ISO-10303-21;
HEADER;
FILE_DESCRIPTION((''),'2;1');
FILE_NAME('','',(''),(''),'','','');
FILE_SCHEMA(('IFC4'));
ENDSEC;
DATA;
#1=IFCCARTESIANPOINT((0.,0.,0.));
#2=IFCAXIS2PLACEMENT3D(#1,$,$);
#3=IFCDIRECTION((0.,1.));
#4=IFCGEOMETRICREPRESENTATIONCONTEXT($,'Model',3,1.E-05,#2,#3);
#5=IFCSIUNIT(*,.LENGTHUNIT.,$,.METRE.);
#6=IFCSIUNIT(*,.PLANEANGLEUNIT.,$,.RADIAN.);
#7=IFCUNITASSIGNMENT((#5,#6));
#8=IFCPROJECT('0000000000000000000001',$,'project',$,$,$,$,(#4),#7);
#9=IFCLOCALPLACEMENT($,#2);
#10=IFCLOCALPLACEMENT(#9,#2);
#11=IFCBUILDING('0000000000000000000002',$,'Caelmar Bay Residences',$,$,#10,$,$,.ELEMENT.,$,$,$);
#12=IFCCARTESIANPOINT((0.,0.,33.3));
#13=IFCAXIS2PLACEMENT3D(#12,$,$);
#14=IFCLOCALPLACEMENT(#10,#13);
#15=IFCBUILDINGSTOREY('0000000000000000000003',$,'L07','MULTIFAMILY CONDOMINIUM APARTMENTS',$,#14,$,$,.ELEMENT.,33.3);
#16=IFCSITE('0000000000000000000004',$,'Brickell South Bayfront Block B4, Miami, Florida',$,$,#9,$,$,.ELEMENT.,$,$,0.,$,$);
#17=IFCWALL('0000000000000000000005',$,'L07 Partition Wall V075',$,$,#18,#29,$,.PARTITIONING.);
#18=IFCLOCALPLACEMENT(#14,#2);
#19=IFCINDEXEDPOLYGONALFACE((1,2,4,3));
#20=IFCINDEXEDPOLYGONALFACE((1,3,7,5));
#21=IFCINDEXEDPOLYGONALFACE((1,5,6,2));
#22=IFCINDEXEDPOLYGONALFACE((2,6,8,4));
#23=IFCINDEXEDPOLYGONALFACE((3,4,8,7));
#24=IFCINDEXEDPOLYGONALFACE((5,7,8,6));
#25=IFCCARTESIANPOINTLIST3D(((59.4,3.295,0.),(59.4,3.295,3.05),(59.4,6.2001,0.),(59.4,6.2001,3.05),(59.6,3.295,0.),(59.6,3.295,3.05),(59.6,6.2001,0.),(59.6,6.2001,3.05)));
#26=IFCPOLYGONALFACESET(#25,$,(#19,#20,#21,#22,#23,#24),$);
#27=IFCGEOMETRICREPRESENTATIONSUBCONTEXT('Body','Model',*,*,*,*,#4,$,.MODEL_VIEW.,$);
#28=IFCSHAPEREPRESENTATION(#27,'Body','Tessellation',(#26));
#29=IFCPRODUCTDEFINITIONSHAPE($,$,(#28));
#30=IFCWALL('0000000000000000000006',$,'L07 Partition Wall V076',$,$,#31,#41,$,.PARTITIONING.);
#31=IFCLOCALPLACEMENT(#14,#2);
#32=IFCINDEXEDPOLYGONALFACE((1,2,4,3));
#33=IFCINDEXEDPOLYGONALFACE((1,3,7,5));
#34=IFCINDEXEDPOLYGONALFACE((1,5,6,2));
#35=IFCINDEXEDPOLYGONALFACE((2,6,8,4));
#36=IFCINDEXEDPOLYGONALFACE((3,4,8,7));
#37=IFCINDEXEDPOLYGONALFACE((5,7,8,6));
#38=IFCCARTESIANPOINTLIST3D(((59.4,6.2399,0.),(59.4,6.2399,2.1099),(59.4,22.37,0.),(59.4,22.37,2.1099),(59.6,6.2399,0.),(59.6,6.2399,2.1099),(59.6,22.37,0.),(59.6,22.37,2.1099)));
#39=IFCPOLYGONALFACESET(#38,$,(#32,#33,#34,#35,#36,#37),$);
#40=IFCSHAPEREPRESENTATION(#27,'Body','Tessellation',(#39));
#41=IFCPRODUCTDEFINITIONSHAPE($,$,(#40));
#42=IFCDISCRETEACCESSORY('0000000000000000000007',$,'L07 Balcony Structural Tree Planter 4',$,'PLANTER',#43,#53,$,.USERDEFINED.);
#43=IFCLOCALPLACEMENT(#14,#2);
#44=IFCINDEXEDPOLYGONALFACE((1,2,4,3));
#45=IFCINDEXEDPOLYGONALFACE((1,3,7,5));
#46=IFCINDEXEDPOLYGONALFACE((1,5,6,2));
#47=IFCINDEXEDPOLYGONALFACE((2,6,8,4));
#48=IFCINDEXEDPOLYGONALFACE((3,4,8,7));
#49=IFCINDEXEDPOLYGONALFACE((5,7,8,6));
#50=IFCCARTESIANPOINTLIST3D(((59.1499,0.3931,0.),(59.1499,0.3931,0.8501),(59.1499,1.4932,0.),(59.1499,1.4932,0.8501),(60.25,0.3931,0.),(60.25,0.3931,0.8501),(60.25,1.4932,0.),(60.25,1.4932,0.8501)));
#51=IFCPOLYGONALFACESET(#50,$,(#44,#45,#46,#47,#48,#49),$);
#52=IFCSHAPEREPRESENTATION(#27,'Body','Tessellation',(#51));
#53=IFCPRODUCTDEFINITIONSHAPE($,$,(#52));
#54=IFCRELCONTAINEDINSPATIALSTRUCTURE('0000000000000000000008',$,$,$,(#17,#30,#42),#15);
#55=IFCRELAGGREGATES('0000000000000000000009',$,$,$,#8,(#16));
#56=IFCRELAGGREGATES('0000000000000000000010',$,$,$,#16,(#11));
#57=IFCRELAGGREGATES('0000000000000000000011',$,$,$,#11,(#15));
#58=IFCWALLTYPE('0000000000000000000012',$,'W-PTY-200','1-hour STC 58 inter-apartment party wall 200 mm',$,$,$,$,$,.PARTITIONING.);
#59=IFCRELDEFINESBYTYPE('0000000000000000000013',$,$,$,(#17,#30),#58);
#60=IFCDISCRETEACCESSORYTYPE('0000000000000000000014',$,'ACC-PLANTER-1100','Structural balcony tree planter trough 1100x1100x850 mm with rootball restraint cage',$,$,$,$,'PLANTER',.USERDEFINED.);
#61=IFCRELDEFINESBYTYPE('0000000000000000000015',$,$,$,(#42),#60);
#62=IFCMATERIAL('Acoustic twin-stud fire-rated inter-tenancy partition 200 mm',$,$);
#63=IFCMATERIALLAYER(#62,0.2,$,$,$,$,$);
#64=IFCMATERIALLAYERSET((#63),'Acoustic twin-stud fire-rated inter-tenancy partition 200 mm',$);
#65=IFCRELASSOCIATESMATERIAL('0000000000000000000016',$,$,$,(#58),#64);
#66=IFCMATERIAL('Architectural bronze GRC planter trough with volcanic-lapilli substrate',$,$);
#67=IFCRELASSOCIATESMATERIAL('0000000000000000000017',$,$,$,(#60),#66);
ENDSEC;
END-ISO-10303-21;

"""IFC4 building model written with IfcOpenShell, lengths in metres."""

from ifc_helpers import new_model, si_unit, direction, frame, frame_2d, origin, origin_2d, place, context, subcontext, project, spatial, rectangle, extrude, material, layer, layer_set, type_object, element, save


model = new_model("IFC4")

# Units and contexts
model_context = context("Model", 3, precision=1e-05, world=origin(), true_north=direction((0.0, 1.0)))
body_context = subcontext(model_context, "Body", "Model", "MODEL_VIEW")
ifc_project = project(units=[si_unit("LENGTHUNIT", "METRE"), si_unit("PLANEANGLEUNIT", "RADIAN")], contexts=[model_context])

# Site, building, storey
site_placement = place(None, origin())
site = spatial("IfcSite", under=ifc_project, at=site_placement, Name="Brickell South Bayfront Block B4, Miami, Florida", CompositionType="ELEMENT", RefElevation=0.0)
building_placement = place(site_placement, origin())
building = spatial("IfcBuilding", under=site, at=building_placement, Name="Caelmar Bay Residences", CompositionType="ELEMENT")
storey_placement = place(building_placement, frame((0.0, 0.0, 33.3)))
storey = spatial("IfcBuildingStorey", under=building, at=storey_placement, Name="L07", Description="MULTIFAMILY CONDOMINIUM APARTMENTS", CompositionType="ELEMENT", Elevation=33.3)

# Walls
ifc_material_1 = material(Name="Acoustic twin-stud fire-rated inter-tenancy partition 200 mm")
ifc_layer_1 = layer(ifc_material_1, 0.2)
ifc_layer_set_1 = layer_set([ifc_layer_1], Name="Acoustic twin-stud fire-rated inter-tenancy partition 200 mm")
wall_type_1 = type_object("IfcWallType", Name="W-PTY-200", Description="1-hour STC 58 inter-apartment party wall 200 mm", PredefinedType="PARTITIONING", material=ifc_layer_set_1)
wall_1_placement = place(storey_placement, frame((59.5, 3.2949, 0.0), z_axis=(0.0, 0.0, 1.0), x_axis=(0.0, 1.0, 0.0)))
element("IfcWall", 1, at=wall_1_placement, inside=storey, type_object=wall_type_1, Name="L07 Partition Wall V075", PredefinedType="PARTITIONING", context=body_context, shape_type="SweptSolid", body=[
    extrude(rectangle(XDim=2.905, YDim=0.2, at=frame_2d((1.4526, 0.0))), origin(), (0.0, 0.0, 1.0), 3.05),
])
wall_2_placement = place(storey_placement, frame((59.5, 6.24, 0.0), z_axis=(0.0, 0.0, 1.0), x_axis=(0.0, 1.0, 0.0)))
element("IfcWall", 2, at=wall_2_placement, inside=storey, type_object=wall_type_1, Name="L07 Partition Wall V076", PredefinedType="PARTITIONING", context=body_context, shape_type="SweptSolid", body=[
    extrude(rectangle(XDim=16.1301, YDim=0.2, at=frame_2d((8.0649, 0.0))), origin(), (0.0, 0.0, 1.0), 2.1099),
])

# Discrete accessory
ifc_material_2 = material(Name="Architectural bronze GRC planter trough with volcanic-lapilli substrate")
discrete_accessory_type = type_object("IfcDiscreteAccessoryType", Name="ACC-PLANTER-1100", Description="Structural balcony tree planter trough 1100x1100x850 mm with rootball restraint cage", ElementType="PLANTER", PredefinedType="USERDEFINED", material=ifc_material_2)
discrete_accessory_placement = place(storey_placement, frame((59.7, 0.9431, 0.0), z_axis=(0.0, 0.0, 1.0), x_axis=(1.0, 0.0, 0.0)))
element("IfcDiscreteAccessory", 3, at=discrete_accessory_placement, inside=storey, type_object=discrete_accessory_type, Name="L07 Balcony Structural Tree Planter 4", ObjectType="PLANTER", PredefinedType="USERDEFINED", context=body_context, shape_type="SweptSolid", body=[
    extrude(rectangle(XDim=1.1001, YDim=1.1001, at=origin_2d()), origin(), (0.0, 0.0, 1.0), 0.8501),
])

save(model, "model.ifc")
